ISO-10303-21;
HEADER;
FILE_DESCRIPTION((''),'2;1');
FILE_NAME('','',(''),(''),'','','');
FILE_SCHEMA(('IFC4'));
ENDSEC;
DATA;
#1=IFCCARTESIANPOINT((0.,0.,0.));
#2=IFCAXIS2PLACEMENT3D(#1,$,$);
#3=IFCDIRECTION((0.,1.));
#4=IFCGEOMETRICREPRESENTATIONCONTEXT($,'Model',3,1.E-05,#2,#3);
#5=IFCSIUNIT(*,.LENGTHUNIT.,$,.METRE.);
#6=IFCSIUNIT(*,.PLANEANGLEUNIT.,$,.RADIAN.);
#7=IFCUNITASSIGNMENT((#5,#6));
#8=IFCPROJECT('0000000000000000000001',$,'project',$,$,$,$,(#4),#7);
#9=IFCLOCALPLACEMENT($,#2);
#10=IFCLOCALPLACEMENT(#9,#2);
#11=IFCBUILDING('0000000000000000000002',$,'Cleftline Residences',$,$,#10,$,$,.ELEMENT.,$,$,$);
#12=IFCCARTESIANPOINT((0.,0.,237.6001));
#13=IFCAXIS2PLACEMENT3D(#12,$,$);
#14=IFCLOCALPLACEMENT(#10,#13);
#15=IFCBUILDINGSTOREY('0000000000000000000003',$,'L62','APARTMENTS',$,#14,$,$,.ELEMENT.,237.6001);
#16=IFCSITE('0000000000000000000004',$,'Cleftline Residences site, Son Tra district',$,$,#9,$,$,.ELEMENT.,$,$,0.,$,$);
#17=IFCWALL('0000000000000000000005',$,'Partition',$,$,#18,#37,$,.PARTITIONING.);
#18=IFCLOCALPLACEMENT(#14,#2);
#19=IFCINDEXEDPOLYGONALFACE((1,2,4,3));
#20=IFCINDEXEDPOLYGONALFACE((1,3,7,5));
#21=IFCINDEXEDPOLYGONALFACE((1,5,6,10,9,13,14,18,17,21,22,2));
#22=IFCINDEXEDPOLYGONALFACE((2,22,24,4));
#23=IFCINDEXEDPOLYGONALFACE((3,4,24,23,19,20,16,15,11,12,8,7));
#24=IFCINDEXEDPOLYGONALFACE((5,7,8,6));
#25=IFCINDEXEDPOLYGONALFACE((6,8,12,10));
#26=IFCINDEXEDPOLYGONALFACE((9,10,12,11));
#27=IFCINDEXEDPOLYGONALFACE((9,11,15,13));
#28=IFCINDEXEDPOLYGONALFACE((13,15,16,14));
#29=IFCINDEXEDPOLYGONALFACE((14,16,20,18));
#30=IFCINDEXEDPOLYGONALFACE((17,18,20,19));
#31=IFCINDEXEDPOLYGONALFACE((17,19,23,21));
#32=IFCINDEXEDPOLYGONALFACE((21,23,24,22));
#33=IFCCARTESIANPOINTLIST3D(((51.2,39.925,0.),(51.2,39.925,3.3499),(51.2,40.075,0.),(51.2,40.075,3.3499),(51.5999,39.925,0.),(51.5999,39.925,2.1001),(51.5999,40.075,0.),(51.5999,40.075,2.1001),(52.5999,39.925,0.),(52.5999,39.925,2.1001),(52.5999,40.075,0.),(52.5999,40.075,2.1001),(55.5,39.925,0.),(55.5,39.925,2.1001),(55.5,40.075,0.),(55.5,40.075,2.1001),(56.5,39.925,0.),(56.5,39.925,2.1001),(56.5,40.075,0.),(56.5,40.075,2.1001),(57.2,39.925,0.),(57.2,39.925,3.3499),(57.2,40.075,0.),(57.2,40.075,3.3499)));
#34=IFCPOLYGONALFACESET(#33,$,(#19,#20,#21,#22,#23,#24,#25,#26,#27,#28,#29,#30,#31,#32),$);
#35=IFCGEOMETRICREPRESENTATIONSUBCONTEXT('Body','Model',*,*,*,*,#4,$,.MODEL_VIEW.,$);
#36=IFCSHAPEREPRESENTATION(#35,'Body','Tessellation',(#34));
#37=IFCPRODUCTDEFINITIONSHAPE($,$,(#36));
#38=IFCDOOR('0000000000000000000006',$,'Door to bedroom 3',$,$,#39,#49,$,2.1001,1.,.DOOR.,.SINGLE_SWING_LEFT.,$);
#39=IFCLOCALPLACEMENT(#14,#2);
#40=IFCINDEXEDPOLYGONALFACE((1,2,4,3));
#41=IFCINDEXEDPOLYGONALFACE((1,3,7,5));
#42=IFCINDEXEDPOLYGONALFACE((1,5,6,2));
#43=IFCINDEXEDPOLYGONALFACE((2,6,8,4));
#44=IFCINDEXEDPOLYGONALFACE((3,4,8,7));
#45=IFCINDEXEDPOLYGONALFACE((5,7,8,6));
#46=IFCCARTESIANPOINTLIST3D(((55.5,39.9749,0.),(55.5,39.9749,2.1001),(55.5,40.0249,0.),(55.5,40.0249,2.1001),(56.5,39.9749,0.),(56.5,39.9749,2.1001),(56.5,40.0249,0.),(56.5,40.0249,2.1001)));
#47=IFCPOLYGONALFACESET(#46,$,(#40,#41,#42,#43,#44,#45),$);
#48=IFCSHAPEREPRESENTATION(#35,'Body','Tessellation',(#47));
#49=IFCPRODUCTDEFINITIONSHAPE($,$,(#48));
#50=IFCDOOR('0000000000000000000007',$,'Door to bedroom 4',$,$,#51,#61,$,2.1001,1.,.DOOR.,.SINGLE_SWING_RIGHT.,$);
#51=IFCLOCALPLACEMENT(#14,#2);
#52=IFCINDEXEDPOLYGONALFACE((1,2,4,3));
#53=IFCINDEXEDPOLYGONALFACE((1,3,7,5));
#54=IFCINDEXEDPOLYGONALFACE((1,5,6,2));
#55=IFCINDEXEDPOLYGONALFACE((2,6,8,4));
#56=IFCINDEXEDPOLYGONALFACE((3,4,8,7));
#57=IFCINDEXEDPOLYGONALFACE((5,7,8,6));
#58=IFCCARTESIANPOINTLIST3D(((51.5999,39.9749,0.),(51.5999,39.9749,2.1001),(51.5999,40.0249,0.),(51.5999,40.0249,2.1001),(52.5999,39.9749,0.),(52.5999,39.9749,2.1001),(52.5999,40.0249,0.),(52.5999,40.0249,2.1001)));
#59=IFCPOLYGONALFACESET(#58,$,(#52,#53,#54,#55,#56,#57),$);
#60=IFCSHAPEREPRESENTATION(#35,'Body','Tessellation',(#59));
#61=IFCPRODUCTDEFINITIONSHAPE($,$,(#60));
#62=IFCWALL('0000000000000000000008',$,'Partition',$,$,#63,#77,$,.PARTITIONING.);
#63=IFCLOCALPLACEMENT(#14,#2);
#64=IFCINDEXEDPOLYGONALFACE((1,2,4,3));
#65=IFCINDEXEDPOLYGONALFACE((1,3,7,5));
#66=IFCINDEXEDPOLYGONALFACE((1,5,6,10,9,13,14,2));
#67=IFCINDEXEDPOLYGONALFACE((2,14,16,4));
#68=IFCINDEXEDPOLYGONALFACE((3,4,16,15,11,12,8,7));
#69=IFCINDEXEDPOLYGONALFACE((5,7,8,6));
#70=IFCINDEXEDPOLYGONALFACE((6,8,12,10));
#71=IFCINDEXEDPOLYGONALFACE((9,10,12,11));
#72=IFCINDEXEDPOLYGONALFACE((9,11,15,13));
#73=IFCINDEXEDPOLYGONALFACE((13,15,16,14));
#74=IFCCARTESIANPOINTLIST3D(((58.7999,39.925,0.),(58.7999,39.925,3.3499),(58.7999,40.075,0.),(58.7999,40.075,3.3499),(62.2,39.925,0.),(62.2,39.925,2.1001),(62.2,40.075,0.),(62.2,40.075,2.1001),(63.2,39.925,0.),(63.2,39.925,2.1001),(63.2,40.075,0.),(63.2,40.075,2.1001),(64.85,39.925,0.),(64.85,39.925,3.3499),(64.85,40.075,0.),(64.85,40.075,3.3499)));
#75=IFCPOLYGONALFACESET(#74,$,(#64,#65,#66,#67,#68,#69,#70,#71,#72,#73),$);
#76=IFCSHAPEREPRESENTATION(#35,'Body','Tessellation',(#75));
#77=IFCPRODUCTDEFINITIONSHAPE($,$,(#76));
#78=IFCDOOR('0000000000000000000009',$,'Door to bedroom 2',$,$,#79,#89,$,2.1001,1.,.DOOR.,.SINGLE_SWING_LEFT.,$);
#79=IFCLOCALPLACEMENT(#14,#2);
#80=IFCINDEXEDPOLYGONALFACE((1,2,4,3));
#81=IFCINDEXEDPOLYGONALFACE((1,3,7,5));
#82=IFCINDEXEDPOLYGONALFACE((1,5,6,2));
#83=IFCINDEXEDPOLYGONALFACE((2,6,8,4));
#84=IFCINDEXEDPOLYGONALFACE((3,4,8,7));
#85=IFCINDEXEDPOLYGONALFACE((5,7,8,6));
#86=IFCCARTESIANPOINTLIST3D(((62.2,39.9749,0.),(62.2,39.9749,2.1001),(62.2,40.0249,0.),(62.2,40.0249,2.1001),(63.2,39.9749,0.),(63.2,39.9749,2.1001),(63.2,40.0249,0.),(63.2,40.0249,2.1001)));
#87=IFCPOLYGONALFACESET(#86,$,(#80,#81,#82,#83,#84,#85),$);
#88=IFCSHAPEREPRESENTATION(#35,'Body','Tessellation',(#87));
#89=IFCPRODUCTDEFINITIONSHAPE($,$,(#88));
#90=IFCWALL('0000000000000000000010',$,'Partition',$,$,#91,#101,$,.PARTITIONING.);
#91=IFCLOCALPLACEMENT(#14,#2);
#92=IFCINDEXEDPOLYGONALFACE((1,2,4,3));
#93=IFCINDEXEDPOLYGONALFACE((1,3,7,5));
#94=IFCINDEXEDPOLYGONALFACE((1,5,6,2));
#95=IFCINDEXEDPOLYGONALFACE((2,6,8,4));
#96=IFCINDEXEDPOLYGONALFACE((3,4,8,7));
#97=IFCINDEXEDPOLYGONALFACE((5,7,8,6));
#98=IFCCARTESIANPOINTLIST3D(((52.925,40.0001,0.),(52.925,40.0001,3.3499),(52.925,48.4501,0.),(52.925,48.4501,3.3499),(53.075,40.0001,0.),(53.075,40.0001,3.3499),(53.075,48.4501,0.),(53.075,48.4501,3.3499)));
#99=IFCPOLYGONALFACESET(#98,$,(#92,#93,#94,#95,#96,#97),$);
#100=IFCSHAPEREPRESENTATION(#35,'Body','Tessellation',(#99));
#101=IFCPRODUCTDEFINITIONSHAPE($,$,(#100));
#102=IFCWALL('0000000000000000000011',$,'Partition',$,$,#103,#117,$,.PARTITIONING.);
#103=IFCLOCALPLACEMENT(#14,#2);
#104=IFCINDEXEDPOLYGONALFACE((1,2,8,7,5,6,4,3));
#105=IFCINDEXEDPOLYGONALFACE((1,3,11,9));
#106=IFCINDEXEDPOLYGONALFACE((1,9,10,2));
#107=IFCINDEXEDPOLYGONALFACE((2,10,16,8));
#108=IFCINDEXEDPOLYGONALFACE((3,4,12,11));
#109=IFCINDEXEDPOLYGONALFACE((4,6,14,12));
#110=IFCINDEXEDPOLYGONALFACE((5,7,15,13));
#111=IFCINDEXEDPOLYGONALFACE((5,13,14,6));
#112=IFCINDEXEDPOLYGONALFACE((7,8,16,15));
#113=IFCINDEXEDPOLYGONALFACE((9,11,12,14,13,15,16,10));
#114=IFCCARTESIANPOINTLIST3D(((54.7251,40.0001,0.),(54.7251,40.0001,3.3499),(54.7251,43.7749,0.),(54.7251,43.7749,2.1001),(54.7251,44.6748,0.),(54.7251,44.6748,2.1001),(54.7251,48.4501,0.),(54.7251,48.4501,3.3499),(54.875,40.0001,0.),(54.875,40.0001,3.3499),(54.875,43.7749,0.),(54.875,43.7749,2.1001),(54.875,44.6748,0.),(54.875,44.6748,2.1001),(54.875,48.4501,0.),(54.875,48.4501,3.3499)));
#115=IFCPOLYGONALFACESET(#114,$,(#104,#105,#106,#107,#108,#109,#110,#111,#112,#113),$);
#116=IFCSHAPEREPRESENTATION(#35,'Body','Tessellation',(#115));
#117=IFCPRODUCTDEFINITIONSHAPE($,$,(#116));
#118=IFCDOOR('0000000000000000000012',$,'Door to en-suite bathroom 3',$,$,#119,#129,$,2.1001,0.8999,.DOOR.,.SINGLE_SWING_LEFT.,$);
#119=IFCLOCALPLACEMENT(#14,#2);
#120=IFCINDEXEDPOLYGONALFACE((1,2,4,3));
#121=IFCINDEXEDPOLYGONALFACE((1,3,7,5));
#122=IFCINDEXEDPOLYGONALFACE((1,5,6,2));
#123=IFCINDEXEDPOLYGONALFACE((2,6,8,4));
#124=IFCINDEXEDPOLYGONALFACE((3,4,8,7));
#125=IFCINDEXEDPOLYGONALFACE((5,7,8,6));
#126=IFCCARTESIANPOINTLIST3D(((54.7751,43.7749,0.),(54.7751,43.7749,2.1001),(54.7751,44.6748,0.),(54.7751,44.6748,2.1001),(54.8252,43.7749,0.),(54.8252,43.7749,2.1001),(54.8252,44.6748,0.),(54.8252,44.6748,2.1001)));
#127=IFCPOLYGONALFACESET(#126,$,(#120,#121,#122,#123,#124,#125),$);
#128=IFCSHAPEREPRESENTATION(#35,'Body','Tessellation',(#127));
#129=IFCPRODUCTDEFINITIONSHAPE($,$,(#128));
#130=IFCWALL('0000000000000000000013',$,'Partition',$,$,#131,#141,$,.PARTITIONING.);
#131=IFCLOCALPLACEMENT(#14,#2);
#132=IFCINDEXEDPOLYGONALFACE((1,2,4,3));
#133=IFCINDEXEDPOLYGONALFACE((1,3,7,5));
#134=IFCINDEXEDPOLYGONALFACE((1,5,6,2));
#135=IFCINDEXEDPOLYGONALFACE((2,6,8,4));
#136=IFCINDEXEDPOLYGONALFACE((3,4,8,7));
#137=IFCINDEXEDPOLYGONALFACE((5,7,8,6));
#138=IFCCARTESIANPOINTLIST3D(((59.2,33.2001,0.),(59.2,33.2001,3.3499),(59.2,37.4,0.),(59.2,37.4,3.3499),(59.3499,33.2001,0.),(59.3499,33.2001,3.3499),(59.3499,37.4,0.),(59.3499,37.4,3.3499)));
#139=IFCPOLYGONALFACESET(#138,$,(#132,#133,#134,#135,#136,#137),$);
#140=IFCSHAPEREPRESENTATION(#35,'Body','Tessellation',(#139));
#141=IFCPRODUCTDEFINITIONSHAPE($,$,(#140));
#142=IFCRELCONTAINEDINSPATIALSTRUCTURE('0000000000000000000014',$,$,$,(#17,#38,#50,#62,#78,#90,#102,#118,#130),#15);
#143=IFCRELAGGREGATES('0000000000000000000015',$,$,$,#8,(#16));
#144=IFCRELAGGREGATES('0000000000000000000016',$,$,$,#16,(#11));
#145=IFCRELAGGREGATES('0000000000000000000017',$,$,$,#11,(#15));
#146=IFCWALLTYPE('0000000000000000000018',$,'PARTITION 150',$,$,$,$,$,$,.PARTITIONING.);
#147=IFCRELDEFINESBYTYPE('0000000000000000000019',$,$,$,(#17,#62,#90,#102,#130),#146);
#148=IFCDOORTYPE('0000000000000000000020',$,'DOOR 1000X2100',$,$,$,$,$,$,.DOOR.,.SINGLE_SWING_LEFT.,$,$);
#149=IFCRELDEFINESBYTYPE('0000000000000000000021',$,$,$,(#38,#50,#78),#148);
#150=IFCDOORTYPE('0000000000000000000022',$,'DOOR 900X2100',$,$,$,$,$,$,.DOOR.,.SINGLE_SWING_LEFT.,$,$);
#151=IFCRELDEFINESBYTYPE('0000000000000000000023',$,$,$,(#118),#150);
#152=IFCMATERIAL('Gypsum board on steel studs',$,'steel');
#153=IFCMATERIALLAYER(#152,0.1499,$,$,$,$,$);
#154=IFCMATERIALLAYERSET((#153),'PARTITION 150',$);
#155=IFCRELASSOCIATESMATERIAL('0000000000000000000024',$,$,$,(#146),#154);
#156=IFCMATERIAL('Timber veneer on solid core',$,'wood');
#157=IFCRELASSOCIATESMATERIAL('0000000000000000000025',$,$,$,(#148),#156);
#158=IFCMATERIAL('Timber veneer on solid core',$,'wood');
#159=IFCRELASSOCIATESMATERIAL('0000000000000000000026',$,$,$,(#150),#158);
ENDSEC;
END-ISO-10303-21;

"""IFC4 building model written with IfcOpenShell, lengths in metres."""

from ifc_helpers import new_model, si_unit, direction, frame, frame_2d, origin, place, context, subcontext, project, spatial, rectangle, extrude, material, layer, layer_set, type_object, element, fill, save


model = new_model("IFC4")

# Units and contexts
model_context = context("Model", 3, precision=1e-05, world=origin(), true_north=direction((0.0, 1.0)))
body_context = subcontext(model_context, "Body", "Model", "MODEL_VIEW")
ifc_project = project(units=[si_unit("LENGTHUNIT", "METRE"), si_unit("PLANEANGLEUNIT", "RADIAN")], contexts=[model_context])

# Site, building, storey
site_placement = place(None, origin())
site = spatial("IfcSite", under=ifc_project, at=site_placement, Name="Cleftline Residences site, Son Tra district", CompositionType="ELEMENT", RefElevation=0.0)
building_placement = place(site_placement, origin())
building = spatial("IfcBuilding", under=site, at=building_placement, Name="Cleftline Residences", CompositionType="ELEMENT")
storey_placement = place(building_placement, frame((0.0, 0.0, 237.6001)))
storey = spatial("IfcBuildingStorey", under=building, at=storey_placement, Name="L62", Description="APARTMENTS", CompositionType="ELEMENT", Elevation=237.6001)

# Shared definitions
ifc_material_1 = material(Name="Gypsum board on steel studs", Category="steel")
ifc_layer = layer(ifc_material_1, 0.1499)
ifc_layer_set = layer_set([ifc_layer], Name="PARTITION 150")
wall_type = type_object("IfcWallType", Name="PARTITION 150", PredefinedType="PARTITIONING", material=ifc_layer_set)

# Wall, openings, doors
wall_1_placement = place(storey_placement, frame((51.2, 40.0, 0.0), z_axis=(0.0, 0.0, 1.0), x_axis=(1.0, 0.0, 0.0)))
wall_1 = element("IfcWall", 1, at=wall_1_placement, inside=storey, type_object=wall_type, Name="Partition", PredefinedType="PARTITIONING", context=body_context, shape_type="SweptSolid", body=[
    extrude(rectangle(XDim=6.0, YDim=0.1499, at=frame_2d((3.0, 0.0))), origin(), (0.0, 0.0, 1.0), 3.3499),
])
opening_1_placement = place(wall_1_placement, frame((4.3, 0.0, 0.0)))
opening_1 = element("IfcOpeningElement", 2, at=opening_1_placement, cuts=wall_1, PredefinedType="OPENING", context=body_context, shape_type="SweptSolid", body=[
    extrude(rectangle(XDim=1.0, YDim=2.1001, at=frame_2d((0.5, 1.05))), frame((0.0, 0.085, 0.0), z_axis=(0.0, -1.0, 0.0), x_axis=(1.0, 0.0, 0.0)), (0.0, 0.0, 1.0), 0.1699),
])
opening_2_placement = place(wall_1_placement, frame((0.3999, 0.0, 0.0)))
opening_2 = element("IfcOpeningElement", 3, at=opening_2_placement, cuts=wall_1, PredefinedType="OPENING", context=body_context, shape_type="SweptSolid", body=[
    extrude(rectangle(XDim=1.0, YDim=2.1001, at=frame_2d((0.5, 1.05))), frame((0.0, 0.085, 0.0), z_axis=(0.0, -1.0, 0.0), x_axis=(1.0, 0.0, 0.0)), (0.0, 0.0, 1.0), 0.1699),
])
ifc_material_2 = material(Name="Timber veneer on solid core", Category="wood")
door_type_1 = type_object("IfcDoorType", Name="DOOR 1000X2100", OperationType="SINGLE_SWING_LEFT", PredefinedType="DOOR", material=ifc_material_2)
door_1_placement = place(opening_1_placement, origin())
door_1 = element("IfcDoor", 4, at=door_1_placement, inside=storey, type_object=door_type_1, Name="Door to bedroom 3", OperationType="SINGLE_SWING_LEFT", OverallHeight=2.1001, OverallWidth=1.0, PredefinedType="DOOR", context=body_context, shape_type="SweptSolid", body=[
    extrude(rectangle(XDim=1.0, YDim=2.1001, at=frame_2d((0.5, 1.05))), frame((0.0, 0.0249, 0.0), z_axis=(0.0, -1.0, 0.0), x_axis=(1.0, 0.0, 0.0)), (0.0, 0.0, 1.0), 0.05),
])
fill(opening_1, door_1)
door_2_placement = place(opening_2_placement, origin())
door_2 = element("IfcDoor", 5, at=door_2_placement, inside=storey, type_object=door_type_1, Name="Door to bedroom 4", OperationType="SINGLE_SWING_RIGHT", OverallHeight=2.1001, OverallWidth=1.0, PredefinedType="DOOR", context=body_context, shape_type="SweptSolid", body=[
    extrude(rectangle(XDim=1.0, YDim=2.1001, at=frame_2d((0.5, 1.05))), frame((0.0, 0.0249, 0.0), z_axis=(0.0, -1.0, 0.0), x_axis=(1.0, 0.0, 0.0)), (0.0, 0.0, 1.0), 0.05),
])
fill(opening_2, door_2)

# Wall, opening, door
wall_2_placement = place(storey_placement, frame((58.8, 40.0, 0.0), z_axis=(0.0, 0.0, 1.0), x_axis=(1.0, 0.0, 0.0)))
wall_2 = element("IfcWall", 6, at=wall_2_placement, inside=storey, type_object=wall_type, Name="Partition", PredefinedType="PARTITIONING", context=body_context, shape_type="SweptSolid", body=[
    extrude(rectangle(XDim=6.05, YDim=0.1499, at=frame_2d((3.0249, 0.0))), origin(), (0.0, 0.0, 1.0), 3.3499),
])
opening_3_placement = place(wall_2_placement, frame((3.3999, 0.0, 0.0)))
opening_3 = element("IfcOpeningElement", 7, at=opening_3_placement, cuts=wall_2, PredefinedType="OPENING", context=body_context, shape_type="SweptSolid", body=[
    extrude(rectangle(XDim=1.0, YDim=2.1001, at=frame_2d((0.5, 1.05))), frame((0.0, 0.085, 0.0), z_axis=(0.0, -1.0, 0.0), x_axis=(1.0, 0.0, 0.0)), (0.0, 0.0, 1.0), 0.1699),
])
door_3_placement = place(opening_3_placement, origin())
door_3 = element("IfcDoor", 8, at=door_3_placement, inside=storey, type_object=door_type_1, Name="Door to bedroom 2", OperationType="SINGLE_SWING_LEFT", OverallHeight=2.1001, OverallWidth=1.0, PredefinedType="DOOR", context=body_context, shape_type="SweptSolid", body=[
    extrude(rectangle(XDim=1.0, YDim=2.1001, at=frame_2d((0.5, 1.05))), frame((0.0, 0.0249, 0.0), z_axis=(0.0, -1.0, 0.0), x_axis=(1.0, 0.0, 0.0)), (0.0, 0.0, 1.0), 0.05),
])
fill(opening_3, door_3)

# Wall
wall_3_placement = place(storey_placement, frame((53.0, 40.0, 0.0), z_axis=(0.0, 0.0, 1.0), x_axis=(0.0, 1.0, 0.0)))
element("IfcWall", 9, at=wall_3_placement, inside=storey, type_object=wall_type, Name="Partition", PredefinedType="PARTITIONING", context=body_context, shape_type="SweptSolid", body=[
    extrude(rectangle(XDim=8.45, YDim=0.1499, at=frame_2d((4.2251, 0.0))), origin(), (0.0, 0.0, 1.0), 3.3499),
])

# Wall, opening, door
wall_4_placement = place(storey_placement, frame((54.8, 40.0, 0.0), z_axis=(0.0, 0.0, 1.0), x_axis=(0.0, 1.0, 0.0)))
wall_4 = element("IfcWall", 10, at=wall_4_placement, inside=storey, type_object=wall_type, Name="Partition", PredefinedType="PARTITIONING", context=body_context, shape_type="SweptSolid", body=[
    extrude(rectangle(XDim=8.45, YDim=0.1499, at=frame_2d((4.2251, 0.0))), origin(), (0.0, 0.0, 1.0), 3.3499),
])
opening_4_placement = place(wall_4_placement, frame((3.7749, 0.0, 0.0)))
opening_4 = element("IfcOpeningElement", 11, at=opening_4_placement, cuts=wall_4, PredefinedType="OPENING", context=body_context, shape_type="SweptSolid", body=[
    extrude(rectangle(XDim=0.8999, YDim=2.1001, at=frame_2d((0.45, 1.05))), frame((0.0, 0.085, 0.0), z_axis=(0.0, -1.0, 0.0), x_axis=(1.0, 0.0, 0.0)), (0.0, 0.0, 1.0), 0.1699),
])
ifc_material_3 = material(Name="Timber veneer on solid core", Category="wood")
door_type_2 = type_object("IfcDoorType", Name="DOOR 900X2100", OperationType="SINGLE_SWING_LEFT", PredefinedType="DOOR", material=ifc_material_3)
door_4_placement = place(opening_4_placement, origin())
door_4 = element("IfcDoor", 12, at=door_4_placement, inside=storey, type_object=door_type_2, Name="Door to en-suite bathroom 3", OperationType="SINGLE_SWING_LEFT", OverallHeight=2.1001, OverallWidth=0.8999, PredefinedType="DOOR", context=body_context, shape_type="SweptSolid", body=[
    extrude(rectangle(XDim=0.8999, YDim=2.1001, at=frame_2d((0.45, 1.05))), frame((0.0, 0.0249, 0.0), z_axis=(0.0, -1.0, 0.0), x_axis=(1.0, 0.0, 0.0)), (0.0, 0.0, 1.0), 0.05),
])
fill(opening_4, door_4)

# Wall
wall_5_placement = place(storey_placement, frame((59.2749, 33.2, 0.0), z_axis=(0.0, 0.0, 1.0), x_axis=(0.0, 1.0, 0.0)))
element("IfcWall", 13, at=wall_5_placement, inside=storey, type_object=wall_type, Name="Partition", PredefinedType="PARTITIONING", context=body_context, shape_type="SweptSolid", body=[
    extrude(rectangle(XDim=4.2, YDim=0.1499, at=frame_2d((2.1001, 0.0))), origin(), (0.0, 0.0, 1.0), 3.3499),
])

save(model, "model.ifc")
